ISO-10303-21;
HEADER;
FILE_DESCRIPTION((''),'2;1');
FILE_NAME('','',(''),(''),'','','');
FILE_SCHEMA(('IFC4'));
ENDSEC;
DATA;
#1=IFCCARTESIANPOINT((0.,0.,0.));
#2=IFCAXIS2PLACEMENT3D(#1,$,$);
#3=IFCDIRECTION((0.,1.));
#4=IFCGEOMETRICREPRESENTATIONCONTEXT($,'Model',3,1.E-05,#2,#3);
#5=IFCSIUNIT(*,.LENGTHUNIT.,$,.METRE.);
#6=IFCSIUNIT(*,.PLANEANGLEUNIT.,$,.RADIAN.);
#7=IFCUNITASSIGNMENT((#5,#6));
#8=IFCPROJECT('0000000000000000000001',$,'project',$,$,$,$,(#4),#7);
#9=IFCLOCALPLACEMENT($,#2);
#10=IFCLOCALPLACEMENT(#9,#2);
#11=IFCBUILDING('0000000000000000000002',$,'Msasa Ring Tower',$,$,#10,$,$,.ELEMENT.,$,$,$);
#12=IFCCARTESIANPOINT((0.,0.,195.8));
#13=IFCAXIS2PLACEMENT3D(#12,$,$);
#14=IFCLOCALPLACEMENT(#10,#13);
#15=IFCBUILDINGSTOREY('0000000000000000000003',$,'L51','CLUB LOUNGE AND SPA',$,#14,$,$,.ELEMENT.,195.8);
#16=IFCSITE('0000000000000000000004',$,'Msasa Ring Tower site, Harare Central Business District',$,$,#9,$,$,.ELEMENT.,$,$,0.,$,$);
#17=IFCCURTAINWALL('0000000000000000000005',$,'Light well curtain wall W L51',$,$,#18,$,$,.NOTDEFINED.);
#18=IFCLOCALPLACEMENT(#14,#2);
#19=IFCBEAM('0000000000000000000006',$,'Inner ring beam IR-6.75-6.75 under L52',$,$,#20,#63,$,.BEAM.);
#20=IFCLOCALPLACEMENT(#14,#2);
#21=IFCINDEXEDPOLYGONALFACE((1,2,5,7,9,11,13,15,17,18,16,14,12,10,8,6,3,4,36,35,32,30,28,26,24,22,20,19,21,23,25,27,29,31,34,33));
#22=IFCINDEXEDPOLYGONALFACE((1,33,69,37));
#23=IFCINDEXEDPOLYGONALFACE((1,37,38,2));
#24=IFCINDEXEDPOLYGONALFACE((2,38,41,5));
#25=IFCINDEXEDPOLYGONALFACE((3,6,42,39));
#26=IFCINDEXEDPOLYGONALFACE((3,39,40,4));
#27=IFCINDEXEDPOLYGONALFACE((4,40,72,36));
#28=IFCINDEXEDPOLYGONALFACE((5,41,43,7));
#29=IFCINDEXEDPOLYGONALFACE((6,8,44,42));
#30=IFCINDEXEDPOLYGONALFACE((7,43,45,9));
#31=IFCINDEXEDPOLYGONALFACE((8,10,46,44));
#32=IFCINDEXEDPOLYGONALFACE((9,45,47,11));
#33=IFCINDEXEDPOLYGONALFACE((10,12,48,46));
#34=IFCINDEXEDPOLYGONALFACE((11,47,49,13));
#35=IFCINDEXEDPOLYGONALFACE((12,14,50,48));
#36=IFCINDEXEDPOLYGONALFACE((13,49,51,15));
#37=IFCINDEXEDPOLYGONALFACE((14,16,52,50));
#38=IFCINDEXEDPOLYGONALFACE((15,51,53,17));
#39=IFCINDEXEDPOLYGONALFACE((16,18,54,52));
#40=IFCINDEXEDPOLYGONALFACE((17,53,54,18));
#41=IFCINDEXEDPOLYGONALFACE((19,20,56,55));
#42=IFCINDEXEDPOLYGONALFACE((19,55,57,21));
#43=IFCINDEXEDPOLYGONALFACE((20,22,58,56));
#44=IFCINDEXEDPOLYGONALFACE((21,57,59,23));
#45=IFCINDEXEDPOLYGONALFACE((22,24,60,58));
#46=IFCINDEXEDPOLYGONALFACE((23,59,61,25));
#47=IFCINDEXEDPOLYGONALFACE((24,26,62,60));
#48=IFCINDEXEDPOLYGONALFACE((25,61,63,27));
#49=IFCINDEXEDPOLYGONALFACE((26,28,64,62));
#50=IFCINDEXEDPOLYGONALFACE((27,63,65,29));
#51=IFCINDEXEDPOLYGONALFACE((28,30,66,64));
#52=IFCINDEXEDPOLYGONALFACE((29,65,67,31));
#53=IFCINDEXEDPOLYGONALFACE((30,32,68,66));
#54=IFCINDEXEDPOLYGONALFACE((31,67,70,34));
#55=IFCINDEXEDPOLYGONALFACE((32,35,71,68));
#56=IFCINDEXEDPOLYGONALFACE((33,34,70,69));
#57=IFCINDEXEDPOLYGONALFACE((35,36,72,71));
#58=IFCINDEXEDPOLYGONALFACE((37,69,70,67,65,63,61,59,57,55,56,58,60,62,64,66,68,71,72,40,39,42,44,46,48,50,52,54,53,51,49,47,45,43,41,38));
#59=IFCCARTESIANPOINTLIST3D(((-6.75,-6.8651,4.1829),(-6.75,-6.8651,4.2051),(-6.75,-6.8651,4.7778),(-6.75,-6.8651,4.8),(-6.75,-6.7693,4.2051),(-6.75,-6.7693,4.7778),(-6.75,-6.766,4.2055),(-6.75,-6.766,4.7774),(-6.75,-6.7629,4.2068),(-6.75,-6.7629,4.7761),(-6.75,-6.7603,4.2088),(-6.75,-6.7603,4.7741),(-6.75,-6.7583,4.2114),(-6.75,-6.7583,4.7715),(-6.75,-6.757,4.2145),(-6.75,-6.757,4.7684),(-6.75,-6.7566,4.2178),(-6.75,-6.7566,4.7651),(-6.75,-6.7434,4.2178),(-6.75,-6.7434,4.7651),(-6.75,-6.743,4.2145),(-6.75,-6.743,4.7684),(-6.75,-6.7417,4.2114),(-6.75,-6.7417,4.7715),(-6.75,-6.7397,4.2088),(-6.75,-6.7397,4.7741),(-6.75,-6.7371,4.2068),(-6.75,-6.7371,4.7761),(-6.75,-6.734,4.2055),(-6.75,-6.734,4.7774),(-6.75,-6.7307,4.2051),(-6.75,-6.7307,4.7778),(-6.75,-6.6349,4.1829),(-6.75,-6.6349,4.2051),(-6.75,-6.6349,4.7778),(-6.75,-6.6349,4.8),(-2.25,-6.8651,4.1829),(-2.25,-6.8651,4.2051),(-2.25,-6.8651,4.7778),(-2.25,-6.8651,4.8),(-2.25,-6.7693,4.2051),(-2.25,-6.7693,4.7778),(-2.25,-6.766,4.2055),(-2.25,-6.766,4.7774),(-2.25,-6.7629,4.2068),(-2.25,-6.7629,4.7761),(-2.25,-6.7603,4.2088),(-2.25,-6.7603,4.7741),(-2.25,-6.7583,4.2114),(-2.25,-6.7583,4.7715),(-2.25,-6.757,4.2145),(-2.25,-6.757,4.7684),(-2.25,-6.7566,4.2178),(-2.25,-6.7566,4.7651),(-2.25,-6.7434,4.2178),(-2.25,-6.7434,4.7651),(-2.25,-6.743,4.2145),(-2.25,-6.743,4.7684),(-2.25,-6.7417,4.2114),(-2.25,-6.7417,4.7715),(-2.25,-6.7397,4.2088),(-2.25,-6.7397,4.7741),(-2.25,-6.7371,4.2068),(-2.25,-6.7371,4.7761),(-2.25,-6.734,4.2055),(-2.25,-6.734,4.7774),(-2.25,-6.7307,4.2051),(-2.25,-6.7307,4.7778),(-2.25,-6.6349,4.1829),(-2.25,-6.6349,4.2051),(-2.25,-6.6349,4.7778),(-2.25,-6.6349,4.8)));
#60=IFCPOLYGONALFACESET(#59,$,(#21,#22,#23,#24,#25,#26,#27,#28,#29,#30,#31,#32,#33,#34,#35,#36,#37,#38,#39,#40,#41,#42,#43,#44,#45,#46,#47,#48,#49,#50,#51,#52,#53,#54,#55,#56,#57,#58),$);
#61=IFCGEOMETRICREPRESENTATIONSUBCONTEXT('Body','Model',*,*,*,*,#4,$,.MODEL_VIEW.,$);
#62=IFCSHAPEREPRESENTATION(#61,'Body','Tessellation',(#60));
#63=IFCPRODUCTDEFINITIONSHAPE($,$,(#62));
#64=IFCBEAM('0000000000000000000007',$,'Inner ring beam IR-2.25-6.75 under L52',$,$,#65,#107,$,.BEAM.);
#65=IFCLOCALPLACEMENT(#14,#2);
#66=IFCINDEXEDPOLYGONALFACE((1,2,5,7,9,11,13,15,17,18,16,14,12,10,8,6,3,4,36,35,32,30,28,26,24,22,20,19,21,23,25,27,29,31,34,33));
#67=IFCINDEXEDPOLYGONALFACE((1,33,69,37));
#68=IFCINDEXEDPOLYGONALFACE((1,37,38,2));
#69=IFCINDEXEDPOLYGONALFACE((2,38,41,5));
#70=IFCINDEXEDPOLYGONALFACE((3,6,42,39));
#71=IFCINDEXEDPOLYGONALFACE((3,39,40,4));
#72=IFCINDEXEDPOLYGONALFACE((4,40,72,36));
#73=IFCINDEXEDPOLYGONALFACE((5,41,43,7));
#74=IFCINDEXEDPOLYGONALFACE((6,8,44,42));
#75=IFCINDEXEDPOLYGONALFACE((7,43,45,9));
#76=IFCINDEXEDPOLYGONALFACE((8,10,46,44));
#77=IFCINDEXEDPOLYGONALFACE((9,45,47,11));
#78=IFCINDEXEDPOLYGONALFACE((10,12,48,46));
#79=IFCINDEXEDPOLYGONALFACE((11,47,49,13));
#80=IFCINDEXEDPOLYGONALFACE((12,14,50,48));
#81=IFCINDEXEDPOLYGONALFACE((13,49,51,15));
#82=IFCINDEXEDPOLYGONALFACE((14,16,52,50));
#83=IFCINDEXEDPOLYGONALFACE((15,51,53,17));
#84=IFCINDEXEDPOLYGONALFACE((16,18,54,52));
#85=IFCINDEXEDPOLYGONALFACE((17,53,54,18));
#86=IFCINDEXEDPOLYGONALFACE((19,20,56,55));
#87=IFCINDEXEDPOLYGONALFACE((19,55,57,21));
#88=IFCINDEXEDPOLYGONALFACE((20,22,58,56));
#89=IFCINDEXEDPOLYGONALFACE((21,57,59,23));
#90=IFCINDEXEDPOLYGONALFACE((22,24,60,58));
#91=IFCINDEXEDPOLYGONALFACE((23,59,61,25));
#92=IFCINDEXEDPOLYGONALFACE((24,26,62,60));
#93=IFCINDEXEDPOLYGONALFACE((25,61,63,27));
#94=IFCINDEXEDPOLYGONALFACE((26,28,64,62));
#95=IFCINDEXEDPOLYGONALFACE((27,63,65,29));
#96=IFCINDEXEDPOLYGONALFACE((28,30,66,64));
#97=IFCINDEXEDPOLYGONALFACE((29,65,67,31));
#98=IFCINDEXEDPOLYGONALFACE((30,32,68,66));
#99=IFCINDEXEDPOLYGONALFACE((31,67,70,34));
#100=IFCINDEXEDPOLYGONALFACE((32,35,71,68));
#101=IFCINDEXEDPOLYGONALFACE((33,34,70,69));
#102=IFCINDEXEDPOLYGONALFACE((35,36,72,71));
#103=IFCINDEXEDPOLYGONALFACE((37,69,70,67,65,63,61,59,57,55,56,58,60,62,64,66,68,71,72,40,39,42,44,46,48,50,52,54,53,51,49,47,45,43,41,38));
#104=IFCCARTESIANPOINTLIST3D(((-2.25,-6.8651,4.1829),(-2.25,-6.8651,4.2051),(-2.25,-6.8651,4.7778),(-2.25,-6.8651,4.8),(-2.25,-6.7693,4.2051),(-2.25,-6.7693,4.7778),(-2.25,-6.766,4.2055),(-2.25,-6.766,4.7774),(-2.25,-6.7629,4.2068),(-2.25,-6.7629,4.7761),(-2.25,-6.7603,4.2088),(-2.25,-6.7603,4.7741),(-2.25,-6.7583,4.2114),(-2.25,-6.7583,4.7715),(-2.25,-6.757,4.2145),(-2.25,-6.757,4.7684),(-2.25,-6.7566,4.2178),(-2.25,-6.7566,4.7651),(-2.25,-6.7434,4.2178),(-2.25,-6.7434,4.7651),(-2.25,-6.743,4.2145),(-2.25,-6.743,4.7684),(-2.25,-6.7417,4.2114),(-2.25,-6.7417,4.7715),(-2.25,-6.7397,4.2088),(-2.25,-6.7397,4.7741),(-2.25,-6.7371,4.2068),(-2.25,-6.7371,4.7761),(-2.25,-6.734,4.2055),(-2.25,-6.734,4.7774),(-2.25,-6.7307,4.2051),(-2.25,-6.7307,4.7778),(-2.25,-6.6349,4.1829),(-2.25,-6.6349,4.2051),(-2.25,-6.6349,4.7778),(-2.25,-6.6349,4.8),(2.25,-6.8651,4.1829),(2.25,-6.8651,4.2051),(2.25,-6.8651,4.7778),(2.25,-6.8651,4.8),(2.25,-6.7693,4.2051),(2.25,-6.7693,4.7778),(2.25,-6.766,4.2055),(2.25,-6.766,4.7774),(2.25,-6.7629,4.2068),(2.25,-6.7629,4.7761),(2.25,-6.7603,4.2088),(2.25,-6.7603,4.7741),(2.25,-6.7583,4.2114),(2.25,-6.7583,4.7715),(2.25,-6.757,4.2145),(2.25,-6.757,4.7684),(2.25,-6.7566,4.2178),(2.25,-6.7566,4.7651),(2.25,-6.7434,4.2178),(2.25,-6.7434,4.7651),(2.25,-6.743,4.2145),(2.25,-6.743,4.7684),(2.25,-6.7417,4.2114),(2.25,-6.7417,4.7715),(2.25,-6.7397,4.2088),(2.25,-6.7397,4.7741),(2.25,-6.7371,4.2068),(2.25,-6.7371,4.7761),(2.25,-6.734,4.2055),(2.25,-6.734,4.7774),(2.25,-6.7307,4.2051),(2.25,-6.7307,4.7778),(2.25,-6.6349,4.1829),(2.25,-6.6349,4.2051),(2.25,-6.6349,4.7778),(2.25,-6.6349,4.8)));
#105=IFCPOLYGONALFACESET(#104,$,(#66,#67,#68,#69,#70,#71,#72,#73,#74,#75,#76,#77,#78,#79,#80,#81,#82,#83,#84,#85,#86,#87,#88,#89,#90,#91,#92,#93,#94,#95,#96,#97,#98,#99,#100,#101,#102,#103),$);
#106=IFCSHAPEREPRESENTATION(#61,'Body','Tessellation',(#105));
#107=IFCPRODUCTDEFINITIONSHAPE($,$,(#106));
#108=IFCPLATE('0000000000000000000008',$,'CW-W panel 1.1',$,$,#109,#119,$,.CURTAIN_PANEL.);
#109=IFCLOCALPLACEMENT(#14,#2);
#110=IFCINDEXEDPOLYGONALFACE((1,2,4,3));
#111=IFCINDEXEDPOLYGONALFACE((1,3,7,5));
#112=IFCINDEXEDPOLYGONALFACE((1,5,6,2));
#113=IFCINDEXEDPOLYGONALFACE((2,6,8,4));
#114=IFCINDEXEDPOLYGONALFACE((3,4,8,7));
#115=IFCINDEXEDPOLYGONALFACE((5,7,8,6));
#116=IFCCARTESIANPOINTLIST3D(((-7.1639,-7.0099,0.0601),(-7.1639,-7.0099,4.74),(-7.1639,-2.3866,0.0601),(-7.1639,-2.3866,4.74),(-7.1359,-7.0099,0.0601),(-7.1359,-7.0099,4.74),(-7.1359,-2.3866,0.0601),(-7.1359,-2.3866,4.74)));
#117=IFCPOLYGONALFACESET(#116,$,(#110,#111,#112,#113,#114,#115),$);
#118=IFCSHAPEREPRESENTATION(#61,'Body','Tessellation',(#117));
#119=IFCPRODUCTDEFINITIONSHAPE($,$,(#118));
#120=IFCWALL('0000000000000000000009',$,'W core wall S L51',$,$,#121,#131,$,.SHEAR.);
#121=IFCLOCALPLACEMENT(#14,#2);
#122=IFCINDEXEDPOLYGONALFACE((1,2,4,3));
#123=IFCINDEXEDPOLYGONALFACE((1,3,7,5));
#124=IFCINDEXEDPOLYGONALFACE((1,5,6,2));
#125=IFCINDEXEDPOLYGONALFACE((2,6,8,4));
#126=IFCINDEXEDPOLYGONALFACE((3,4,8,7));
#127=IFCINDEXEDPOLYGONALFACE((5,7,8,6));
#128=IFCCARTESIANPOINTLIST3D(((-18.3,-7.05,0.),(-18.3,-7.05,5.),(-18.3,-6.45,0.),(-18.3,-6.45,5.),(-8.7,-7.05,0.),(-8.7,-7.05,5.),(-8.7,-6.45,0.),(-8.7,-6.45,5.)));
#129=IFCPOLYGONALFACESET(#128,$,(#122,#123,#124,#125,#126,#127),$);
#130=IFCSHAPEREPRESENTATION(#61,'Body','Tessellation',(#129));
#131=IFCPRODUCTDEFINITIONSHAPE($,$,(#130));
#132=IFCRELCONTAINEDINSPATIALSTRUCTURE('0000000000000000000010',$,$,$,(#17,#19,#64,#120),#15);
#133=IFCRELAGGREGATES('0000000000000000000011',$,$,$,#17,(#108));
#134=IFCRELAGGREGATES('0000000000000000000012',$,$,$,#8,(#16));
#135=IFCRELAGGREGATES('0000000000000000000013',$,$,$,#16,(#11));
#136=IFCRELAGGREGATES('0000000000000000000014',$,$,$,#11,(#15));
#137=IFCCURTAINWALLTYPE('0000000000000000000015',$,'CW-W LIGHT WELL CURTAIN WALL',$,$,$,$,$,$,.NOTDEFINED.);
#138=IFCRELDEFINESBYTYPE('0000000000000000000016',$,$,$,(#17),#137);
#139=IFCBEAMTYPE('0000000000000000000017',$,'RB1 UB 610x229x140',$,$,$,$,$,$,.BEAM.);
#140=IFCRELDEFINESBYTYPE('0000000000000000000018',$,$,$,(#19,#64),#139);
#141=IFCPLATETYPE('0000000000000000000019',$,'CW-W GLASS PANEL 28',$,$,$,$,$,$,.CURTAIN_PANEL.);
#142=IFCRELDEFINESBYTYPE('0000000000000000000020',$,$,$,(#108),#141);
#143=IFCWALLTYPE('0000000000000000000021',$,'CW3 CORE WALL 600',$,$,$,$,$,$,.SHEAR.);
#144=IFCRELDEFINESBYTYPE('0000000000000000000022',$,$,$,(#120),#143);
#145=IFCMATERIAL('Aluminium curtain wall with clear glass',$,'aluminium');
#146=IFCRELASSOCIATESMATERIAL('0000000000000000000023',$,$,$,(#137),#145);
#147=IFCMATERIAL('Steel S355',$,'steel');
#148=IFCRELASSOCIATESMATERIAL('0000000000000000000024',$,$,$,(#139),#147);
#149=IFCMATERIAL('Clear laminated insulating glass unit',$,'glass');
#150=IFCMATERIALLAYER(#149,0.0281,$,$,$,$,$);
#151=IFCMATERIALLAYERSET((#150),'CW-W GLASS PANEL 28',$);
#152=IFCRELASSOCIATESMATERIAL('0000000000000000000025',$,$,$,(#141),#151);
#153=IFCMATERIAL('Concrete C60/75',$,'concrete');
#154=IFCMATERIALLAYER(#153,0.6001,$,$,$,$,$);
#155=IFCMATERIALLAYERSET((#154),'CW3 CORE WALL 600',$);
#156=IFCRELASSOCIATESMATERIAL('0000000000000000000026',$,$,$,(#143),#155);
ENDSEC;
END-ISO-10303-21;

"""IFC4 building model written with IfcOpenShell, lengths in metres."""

from ifc_helpers import new_model, si_unit, direction, frame, frame_2d, origin, origin_2d, place, context, subcontext, project, spatial, rectangle, i_section, extrude, material, layer, layer_set, material_profile, profile_set, type_object, element, aggregate, save


model = new_model("IFC4")

# Units and contexts
model_context = context("Model", 3, precision=1e-05, world=origin(), true_north=direction((0.0, 1.0)))
body_context = subcontext(model_context, "Body", "Model", "MODEL_VIEW")
ifc_project = project(units=[si_unit("LENGTHUNIT", "METRE"), si_unit("PLANEANGLEUNIT", "RADIAN")], contexts=[model_context])

# Site, building, storey
site_placement = place(None, origin())
site = spatial("IfcSite", under=ifc_project, at=site_placement, Name="Msasa Ring Tower site, Harare Central Business District", CompositionType="ELEMENT", RefElevation=0.0)
building_placement = place(site_placement, origin())
building = spatial("IfcBuilding", under=site, at=building_placement, Name="Msasa Ring Tower", CompositionType="ELEMENT")
storey_placement = place(building_placement, frame((0.0, 0.0, 195.8)))
storey = spatial("IfcBuildingStorey", under=building, at=storey_placement, Name="L51", Description="CLUB LOUNGE AND SPA", CompositionType="ELEMENT", Elevation=195.8)

# Curtain wall
ifc_material_1 = material(Name="Aluminium curtain wall with clear glass", Category="aluminium")
curtain_wall_type = type_object("IfcCurtainWallType", Name="CW-W LIGHT WELL CURTAIN WALL", PredefinedType="NOTDEFINED", material=ifc_material_1)
curtain_wall_placement = place(storey_placement, origin())
curtain_wall = element("IfcCurtainWall", 1, at=curtain_wall_placement, inside=storey, type_object=curtain_wall_type, Name="Light well curtain wall W L51", PredefinedType="NOTDEFINED")

# Beams
ifc_material_2 = material(Name="Steel S355", Category="steel")
ifc_material_profile_1 = material_profile(ifc_material_2, i_section(OverallWidth=0.2302, OverallDepth=0.6172, WebThickness=0.0132, FlangeThickness=0.0222, FilletRadius=0.0127, at=origin_2d()), Name="UB 610x229x140")
ifc_profile_set_1 = profile_set([ifc_material_profile_1], Name="Steel S355")
beam_type = type_object("IfcBeamType", Name="RB1 UB 610x229x140", PredefinedType="BEAM", material=ifc_profile_set_1)
for number, where, z_axis, x_axis, name in (
    (2, (-6.75, -6.75, 4.4915), (1.0, 0.0, 0.0), (0.0, 1.0, 0.0), "Inner ring beam IR-6.75-6.75 under L52"),
    (3, (-2.25, -6.75, 4.4915), (1.0, 0.0, 0.0), (0.0, 1.0, 0.0), "Inner ring beam IR-2.25-6.75 under L52"),
):
    element("IfcBeam", number, at=place(storey_placement, frame(where, z_axis=z_axis, x_axis=x_axis)), inside=storey, type_object=beam_type, Name=name, PredefinedType="BEAM", context=body_context, shape_type="SweptSolid", body=[
        extrude(i_section(OverallWidth=0.2302, OverallDepth=0.6172, WebThickness=0.0132, FlangeThickness=0.0222, FilletRadius=0.0127, at=origin_2d()), origin(), (0.0, 0.0, 1.0), 4.5),
    ])

# Plate
ifc_material_3 = material(Name="Clear laminated insulating glass unit", Category="glass")
ifc_layer_1 = layer(ifc_material_3, 0.0281)
ifc_layer_set_1 = layer_set([ifc_layer_1], Name="CW-W GLASS PANEL 28")
plate_type = type_object("IfcPlateType", Name="CW-W GLASS PANEL 28", PredefinedType="CURTAIN_PANEL", material=ifc_layer_set_1)
plate_placement = place(storey_placement, frame((-7.1499, -4.6982, 0.0601), z_axis=(0.0, 0.0, 1.0), x_axis=(0.0, 1.0, 0.0)))
plate = element("IfcPlate", 4, at=plate_placement, type_object=plate_type, Name="CW-W panel 1.1", PredefinedType="CURTAIN_PANEL", context=body_context, shape_type="SweptSolid", body=[
    extrude(rectangle(XDim=4.6233, YDim=0.0281, at=origin_2d()), origin(), (0.0, 0.0, 1.0), 4.6799),
])
aggregate(curtain_wall, [plate])

# Wall
ifc_material_4 = material(Name="Concrete C60/75", Category="concrete")
ifc_layer_2 = layer(ifc_material_4, 0.6001)
ifc_layer_set_2 = layer_set([ifc_layer_2], Name="CW3 CORE WALL 600")
wall_type_1 = type_object("IfcWallType", Name="CW3 CORE WALL 600", PredefinedType="SHEAR", material=ifc_layer_set_2)
wall_1_placement = place(storey_placement, frame((-8.7, -6.75, 0.0), z_axis=(0.0, 0.0, 1.0), x_axis=(-1.0, 0.0, 0.0)))
element("IfcWall", 5, at=wall_1_placement, inside=storey, type_object=wall_type_1, Name="W core wall S L51", PredefinedType="SHEAR", context=body_context, shape_type="SweptSolid", body=[
    extrude(rectangle(XDim=9.6001, YDim=0.6001, at=frame_2d((4.8, 0.0))), origin(), (0.0, 0.0, 1.0), 5.0),
])

save(model, "model.ifc")
